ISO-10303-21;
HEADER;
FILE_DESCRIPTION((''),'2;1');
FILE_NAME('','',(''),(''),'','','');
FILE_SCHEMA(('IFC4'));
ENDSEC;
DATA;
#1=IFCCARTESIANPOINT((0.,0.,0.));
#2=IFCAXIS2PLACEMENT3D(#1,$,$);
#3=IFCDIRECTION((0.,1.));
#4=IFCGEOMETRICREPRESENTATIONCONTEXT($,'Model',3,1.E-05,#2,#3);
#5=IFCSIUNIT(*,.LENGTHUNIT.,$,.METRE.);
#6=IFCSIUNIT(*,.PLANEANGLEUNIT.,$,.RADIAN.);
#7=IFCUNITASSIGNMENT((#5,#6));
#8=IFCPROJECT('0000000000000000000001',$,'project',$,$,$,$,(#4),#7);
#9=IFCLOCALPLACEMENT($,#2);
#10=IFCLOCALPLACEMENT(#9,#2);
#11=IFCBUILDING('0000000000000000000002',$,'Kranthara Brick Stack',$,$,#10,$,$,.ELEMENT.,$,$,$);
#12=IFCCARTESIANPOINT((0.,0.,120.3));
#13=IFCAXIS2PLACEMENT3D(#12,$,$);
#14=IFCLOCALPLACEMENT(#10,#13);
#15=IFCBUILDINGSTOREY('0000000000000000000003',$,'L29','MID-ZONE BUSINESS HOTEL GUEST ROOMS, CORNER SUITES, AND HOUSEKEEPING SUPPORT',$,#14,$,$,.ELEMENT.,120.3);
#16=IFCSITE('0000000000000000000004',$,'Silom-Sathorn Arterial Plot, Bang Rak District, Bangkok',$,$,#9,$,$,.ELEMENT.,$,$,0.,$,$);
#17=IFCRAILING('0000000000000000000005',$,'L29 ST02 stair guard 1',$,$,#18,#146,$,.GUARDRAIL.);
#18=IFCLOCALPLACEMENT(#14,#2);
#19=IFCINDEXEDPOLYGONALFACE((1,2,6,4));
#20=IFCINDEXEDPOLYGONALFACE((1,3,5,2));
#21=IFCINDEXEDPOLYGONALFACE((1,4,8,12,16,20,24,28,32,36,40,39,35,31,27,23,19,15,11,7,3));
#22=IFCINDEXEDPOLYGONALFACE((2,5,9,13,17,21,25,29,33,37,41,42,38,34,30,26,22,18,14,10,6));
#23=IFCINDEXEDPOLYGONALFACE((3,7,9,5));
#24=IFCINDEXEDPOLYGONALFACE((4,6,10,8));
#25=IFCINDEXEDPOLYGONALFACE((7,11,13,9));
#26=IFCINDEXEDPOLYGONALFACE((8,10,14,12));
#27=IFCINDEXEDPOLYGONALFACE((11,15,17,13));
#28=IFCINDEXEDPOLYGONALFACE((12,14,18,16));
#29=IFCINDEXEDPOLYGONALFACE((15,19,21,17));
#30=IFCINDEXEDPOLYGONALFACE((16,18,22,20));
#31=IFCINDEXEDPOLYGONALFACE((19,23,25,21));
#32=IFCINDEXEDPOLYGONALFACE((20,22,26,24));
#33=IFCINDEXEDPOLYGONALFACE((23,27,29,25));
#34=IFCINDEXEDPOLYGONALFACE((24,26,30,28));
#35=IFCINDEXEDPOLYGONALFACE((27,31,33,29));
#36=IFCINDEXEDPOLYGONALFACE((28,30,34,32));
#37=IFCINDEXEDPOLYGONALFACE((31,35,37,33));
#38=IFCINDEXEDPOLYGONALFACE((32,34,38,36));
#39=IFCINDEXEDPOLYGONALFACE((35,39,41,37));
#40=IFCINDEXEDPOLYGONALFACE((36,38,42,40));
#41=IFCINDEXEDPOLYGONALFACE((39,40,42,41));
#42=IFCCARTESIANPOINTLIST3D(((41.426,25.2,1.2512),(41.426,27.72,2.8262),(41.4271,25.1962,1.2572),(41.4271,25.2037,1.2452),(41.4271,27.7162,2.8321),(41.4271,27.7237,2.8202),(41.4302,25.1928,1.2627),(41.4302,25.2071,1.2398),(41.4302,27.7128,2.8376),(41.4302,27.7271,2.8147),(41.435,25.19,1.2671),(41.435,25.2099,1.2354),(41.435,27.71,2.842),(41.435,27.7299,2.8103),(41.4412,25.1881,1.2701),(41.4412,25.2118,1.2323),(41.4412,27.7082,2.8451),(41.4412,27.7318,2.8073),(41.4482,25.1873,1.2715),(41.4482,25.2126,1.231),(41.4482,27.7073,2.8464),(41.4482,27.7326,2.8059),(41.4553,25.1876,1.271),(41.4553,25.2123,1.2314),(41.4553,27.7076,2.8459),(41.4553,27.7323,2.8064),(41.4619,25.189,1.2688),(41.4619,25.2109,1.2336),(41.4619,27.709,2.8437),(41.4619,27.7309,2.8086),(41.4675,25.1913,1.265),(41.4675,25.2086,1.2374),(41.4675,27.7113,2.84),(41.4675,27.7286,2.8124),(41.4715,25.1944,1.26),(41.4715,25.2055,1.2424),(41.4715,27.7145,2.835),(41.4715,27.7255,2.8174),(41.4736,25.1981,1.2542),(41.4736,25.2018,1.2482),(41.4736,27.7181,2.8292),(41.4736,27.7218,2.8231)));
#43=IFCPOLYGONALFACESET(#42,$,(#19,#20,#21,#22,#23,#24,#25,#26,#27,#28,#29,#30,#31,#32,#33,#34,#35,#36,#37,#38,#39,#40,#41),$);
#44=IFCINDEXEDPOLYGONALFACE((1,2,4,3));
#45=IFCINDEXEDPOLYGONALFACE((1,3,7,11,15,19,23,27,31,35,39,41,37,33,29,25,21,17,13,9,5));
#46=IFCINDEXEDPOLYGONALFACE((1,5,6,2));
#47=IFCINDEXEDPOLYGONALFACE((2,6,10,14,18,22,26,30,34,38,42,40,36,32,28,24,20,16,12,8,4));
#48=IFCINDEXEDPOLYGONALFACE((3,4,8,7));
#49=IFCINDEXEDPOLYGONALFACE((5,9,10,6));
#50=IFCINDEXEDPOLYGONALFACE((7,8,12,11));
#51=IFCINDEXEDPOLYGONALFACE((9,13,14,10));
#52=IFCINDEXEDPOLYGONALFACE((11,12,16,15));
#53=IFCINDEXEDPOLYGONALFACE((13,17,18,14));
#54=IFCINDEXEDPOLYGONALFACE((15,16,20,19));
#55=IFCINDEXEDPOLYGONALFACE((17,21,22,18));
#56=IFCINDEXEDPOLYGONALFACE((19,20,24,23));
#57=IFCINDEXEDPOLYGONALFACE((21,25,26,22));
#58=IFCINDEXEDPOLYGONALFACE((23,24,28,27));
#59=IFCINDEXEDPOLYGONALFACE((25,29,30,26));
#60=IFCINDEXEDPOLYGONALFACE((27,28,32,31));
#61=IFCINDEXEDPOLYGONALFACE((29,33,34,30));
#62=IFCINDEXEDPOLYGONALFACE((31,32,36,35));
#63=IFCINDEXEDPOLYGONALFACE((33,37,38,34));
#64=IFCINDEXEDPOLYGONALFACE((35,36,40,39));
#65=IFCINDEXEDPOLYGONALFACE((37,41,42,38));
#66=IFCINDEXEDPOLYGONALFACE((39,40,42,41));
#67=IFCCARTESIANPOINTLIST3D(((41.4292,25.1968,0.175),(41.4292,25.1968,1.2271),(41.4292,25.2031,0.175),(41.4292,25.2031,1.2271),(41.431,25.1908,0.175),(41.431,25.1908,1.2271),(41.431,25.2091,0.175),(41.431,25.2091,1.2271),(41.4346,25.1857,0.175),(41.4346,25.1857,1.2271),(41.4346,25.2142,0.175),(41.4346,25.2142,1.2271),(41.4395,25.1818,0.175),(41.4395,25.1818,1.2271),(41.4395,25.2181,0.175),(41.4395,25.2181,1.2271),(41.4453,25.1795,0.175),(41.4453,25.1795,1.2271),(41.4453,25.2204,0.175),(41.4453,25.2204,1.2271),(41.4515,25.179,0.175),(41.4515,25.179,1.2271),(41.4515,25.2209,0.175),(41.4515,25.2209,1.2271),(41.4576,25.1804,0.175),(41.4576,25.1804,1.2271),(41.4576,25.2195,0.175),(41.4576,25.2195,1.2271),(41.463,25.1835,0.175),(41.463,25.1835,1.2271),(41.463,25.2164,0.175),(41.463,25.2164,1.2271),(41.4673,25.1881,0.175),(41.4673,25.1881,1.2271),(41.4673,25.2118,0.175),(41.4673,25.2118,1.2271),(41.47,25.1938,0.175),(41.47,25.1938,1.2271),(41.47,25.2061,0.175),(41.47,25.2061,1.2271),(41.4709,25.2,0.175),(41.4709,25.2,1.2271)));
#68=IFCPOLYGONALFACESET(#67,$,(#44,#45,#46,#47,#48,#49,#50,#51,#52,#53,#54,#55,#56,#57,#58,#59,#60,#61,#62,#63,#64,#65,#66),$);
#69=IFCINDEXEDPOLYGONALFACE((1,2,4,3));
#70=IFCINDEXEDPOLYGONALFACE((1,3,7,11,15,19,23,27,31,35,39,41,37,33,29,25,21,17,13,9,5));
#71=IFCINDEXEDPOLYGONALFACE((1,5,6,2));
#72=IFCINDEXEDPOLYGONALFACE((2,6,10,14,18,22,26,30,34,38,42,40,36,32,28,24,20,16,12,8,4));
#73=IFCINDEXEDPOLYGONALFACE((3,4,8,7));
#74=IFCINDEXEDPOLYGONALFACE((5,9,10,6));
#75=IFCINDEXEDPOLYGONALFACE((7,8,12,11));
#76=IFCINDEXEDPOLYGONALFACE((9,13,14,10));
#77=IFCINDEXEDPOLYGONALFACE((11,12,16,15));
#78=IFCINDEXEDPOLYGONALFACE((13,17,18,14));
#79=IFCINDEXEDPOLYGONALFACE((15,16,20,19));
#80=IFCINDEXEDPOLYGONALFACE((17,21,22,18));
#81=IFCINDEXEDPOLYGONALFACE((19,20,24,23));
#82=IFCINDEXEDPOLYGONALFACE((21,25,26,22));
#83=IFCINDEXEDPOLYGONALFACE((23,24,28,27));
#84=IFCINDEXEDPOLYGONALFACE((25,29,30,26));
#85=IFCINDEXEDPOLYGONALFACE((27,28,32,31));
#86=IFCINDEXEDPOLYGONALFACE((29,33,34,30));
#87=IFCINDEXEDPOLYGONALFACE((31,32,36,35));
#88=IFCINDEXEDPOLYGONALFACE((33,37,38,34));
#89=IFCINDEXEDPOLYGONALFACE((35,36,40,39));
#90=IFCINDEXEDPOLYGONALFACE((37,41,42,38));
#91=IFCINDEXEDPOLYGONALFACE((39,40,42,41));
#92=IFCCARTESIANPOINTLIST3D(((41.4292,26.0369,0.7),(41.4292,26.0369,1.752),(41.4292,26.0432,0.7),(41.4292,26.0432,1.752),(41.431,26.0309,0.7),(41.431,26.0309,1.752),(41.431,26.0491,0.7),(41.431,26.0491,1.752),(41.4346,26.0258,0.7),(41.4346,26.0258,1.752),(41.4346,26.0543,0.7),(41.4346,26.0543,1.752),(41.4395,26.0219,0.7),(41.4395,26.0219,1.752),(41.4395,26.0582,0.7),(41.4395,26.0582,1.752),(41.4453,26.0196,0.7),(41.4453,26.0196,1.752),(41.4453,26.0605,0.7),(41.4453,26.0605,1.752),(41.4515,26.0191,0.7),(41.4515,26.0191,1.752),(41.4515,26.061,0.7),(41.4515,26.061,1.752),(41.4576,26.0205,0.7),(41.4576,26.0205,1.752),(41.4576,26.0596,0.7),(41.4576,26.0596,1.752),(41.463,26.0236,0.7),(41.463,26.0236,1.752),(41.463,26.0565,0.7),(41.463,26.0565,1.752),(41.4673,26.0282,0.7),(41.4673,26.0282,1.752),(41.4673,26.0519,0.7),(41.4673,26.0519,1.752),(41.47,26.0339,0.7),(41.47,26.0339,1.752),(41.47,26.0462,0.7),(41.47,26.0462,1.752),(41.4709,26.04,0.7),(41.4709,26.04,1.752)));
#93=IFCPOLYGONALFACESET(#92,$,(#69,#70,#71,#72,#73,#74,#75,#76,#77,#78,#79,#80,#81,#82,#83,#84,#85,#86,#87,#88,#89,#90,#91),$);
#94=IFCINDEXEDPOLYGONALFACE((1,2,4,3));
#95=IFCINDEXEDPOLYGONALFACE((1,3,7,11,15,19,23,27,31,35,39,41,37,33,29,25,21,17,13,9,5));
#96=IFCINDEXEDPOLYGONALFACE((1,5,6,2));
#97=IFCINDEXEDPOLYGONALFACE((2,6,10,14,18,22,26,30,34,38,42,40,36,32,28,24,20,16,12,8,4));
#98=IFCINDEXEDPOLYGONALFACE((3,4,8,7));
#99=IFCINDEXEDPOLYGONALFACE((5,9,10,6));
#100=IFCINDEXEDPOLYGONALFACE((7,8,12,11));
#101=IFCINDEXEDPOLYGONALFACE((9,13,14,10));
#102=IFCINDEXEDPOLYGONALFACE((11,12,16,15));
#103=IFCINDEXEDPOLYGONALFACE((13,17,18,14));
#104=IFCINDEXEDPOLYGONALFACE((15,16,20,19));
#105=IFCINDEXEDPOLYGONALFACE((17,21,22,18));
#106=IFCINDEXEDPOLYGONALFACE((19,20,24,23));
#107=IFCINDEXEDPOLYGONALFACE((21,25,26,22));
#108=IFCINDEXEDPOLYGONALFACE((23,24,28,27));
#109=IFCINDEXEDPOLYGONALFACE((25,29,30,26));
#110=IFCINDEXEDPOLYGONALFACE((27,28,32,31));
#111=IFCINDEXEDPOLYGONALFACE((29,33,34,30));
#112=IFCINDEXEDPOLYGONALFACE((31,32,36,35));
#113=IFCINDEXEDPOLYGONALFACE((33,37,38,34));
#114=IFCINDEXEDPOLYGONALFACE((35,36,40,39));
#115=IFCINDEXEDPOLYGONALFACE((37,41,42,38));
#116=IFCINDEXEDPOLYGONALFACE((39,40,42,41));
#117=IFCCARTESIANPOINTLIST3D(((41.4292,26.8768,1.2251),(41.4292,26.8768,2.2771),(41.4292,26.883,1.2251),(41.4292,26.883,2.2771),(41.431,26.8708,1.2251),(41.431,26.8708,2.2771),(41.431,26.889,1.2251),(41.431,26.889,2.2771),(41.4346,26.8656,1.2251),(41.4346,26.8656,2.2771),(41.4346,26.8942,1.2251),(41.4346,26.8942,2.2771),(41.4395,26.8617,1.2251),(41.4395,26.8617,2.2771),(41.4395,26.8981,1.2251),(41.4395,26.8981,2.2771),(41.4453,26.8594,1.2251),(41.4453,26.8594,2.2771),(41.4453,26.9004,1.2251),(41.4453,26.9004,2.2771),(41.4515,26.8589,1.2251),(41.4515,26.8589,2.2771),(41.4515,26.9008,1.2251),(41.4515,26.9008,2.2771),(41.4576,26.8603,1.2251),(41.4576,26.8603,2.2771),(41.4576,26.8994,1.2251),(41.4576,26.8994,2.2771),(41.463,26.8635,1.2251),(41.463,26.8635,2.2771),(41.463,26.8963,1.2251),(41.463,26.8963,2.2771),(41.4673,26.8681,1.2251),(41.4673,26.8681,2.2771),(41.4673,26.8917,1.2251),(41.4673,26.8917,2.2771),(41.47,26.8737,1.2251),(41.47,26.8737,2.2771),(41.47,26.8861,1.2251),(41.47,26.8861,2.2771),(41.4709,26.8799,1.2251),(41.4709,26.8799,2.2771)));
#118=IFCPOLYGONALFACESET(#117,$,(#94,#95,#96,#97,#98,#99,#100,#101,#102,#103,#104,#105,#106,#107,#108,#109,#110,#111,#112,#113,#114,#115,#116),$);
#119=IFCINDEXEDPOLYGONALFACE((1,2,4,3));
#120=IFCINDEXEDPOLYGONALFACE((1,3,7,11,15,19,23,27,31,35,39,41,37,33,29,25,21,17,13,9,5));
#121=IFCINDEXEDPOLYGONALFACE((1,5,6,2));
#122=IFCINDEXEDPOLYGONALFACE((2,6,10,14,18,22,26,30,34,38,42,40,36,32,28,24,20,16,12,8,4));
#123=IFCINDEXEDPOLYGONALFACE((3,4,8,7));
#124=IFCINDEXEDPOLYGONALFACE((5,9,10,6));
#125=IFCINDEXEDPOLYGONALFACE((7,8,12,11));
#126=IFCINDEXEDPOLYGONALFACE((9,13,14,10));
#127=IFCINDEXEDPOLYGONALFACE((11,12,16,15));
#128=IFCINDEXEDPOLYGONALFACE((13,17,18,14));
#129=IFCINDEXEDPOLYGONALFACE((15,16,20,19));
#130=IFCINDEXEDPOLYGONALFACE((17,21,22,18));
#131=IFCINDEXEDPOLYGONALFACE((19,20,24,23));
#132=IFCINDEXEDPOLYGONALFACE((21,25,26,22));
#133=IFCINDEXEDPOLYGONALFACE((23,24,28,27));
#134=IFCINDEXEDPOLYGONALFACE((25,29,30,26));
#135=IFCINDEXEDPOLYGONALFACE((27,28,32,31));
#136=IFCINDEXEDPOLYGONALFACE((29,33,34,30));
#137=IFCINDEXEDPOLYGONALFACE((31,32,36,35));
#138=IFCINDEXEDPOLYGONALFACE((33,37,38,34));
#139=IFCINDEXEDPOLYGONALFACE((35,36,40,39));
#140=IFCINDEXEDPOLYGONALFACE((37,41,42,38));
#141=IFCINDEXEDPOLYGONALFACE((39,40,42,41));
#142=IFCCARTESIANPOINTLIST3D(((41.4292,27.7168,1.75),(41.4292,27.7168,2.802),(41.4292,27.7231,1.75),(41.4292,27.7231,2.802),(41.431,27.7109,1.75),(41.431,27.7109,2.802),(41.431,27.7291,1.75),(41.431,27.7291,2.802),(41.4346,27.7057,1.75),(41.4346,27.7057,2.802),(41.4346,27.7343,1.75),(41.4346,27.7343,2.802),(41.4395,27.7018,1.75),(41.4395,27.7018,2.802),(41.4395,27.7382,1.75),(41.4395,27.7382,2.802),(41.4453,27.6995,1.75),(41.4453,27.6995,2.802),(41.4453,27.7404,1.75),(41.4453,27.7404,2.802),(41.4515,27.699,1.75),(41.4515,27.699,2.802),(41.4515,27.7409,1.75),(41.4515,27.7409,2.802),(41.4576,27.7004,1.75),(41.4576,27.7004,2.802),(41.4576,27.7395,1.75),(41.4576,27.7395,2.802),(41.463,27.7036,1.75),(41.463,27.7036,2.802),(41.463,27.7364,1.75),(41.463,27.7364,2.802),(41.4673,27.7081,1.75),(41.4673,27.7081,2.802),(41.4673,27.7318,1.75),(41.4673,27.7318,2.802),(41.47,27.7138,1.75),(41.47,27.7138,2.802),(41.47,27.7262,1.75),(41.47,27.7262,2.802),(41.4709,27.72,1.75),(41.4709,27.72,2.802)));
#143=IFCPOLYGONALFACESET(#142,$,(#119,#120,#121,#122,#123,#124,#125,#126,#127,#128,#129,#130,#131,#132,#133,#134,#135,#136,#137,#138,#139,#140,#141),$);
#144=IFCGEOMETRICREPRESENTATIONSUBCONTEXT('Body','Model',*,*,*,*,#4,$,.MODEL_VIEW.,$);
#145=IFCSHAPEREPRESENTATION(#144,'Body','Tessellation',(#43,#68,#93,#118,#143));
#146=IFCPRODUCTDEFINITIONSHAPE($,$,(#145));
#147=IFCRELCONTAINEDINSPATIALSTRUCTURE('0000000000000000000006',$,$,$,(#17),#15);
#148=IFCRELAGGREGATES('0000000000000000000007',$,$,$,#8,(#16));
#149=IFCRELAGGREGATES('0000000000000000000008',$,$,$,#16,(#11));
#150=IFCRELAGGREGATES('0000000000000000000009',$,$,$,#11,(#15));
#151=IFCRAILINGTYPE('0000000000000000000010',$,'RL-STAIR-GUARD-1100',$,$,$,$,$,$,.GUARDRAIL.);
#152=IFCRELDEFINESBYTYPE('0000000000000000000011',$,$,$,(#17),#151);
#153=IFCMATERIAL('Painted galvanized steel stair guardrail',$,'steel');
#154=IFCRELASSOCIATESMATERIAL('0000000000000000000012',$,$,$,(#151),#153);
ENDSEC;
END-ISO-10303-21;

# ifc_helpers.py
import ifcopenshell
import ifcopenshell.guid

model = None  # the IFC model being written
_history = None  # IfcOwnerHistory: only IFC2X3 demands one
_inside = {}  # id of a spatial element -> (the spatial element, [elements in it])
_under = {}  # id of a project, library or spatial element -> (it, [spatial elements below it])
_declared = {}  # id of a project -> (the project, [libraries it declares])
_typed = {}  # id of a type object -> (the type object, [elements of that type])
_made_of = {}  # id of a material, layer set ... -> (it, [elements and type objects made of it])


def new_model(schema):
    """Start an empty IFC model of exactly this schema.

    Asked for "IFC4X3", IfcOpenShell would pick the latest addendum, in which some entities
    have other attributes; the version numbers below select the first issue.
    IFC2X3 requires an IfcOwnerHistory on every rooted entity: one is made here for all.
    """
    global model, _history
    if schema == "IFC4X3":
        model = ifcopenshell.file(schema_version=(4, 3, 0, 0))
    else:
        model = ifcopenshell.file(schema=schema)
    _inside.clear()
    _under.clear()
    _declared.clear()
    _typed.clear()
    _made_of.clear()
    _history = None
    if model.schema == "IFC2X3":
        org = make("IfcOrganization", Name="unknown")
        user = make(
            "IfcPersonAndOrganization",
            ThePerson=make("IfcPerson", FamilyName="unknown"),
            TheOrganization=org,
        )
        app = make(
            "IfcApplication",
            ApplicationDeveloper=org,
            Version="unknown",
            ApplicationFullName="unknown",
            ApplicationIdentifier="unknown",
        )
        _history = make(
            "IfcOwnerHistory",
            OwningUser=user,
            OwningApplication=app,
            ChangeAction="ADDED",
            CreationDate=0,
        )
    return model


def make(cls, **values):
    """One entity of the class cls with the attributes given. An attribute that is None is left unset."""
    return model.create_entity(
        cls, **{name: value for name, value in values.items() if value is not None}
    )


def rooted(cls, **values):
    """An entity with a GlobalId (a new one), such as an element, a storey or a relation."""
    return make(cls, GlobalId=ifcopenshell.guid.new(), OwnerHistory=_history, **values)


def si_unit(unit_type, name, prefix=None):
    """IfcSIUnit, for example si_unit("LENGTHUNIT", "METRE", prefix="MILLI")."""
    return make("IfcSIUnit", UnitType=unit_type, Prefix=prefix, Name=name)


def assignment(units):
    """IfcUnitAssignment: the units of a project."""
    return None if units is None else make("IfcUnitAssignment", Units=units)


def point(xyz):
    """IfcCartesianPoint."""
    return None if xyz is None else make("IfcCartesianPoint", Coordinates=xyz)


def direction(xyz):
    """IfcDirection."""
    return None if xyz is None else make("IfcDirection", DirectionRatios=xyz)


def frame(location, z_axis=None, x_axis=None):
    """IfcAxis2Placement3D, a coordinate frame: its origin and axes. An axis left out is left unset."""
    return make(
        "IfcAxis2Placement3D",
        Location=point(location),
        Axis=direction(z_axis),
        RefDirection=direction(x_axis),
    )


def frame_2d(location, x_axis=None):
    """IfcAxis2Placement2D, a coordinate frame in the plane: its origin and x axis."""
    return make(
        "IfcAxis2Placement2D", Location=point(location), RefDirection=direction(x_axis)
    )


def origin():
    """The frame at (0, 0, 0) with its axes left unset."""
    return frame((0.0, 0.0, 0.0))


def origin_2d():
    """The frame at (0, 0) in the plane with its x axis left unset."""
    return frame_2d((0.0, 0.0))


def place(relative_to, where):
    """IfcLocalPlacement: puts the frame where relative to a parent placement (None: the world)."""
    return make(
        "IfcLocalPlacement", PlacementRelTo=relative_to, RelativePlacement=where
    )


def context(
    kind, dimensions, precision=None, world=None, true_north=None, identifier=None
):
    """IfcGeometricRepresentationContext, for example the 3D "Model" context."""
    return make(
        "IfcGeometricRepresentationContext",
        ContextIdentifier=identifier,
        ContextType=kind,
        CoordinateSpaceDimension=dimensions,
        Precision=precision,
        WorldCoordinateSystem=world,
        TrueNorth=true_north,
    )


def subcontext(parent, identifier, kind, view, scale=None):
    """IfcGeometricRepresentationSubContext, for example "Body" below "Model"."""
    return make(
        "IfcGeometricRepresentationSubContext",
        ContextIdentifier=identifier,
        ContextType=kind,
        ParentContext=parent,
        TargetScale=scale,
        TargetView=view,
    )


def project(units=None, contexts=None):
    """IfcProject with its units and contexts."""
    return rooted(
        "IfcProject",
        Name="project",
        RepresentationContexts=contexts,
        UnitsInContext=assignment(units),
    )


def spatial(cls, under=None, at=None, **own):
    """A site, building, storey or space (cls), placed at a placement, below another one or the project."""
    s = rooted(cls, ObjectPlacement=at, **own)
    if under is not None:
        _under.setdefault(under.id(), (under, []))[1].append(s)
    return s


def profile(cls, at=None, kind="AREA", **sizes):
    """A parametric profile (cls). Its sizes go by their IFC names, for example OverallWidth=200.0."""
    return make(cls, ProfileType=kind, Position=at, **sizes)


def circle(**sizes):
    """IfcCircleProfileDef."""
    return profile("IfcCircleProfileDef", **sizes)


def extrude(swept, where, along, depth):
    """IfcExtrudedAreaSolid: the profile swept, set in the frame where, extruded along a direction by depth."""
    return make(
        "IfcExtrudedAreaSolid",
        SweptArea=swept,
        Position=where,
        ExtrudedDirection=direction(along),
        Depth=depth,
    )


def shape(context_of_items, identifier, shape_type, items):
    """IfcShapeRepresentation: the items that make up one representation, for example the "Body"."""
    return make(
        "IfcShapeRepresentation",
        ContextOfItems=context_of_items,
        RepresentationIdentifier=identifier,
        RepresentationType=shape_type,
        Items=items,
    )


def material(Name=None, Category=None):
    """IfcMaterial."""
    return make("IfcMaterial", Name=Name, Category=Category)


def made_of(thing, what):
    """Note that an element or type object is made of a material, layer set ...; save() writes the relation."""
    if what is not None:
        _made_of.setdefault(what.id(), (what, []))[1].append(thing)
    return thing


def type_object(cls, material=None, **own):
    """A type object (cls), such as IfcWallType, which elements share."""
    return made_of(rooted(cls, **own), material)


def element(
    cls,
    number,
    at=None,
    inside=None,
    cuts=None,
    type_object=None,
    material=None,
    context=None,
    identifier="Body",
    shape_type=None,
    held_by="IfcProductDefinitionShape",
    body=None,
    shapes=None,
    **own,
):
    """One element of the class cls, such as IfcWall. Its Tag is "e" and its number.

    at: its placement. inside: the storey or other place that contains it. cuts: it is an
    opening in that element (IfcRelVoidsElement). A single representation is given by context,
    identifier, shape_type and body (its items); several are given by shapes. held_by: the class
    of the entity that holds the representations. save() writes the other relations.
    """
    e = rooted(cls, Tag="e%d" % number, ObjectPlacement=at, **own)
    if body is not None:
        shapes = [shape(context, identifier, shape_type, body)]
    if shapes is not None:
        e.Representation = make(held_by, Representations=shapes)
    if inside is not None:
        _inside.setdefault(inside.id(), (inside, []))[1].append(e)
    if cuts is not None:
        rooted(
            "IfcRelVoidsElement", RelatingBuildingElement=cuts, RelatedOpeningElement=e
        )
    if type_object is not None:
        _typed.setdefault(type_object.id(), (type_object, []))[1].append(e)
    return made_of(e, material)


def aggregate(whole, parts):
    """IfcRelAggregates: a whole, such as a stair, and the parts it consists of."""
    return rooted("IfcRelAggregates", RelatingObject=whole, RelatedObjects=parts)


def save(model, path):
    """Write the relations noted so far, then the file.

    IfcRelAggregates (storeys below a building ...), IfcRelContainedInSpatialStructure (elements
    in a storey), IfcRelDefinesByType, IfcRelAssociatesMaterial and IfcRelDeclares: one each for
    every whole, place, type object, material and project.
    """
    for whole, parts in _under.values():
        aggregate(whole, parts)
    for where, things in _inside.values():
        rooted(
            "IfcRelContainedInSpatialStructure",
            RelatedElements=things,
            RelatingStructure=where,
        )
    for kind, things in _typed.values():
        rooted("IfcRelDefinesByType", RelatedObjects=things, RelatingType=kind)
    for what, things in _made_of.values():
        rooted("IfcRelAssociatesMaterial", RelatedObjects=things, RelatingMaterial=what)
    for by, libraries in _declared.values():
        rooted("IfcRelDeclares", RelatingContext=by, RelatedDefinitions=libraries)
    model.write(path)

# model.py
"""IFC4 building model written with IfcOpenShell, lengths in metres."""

from ifc_helpers import new_model, si_unit, direction, frame, origin, origin_2d, place, context, subcontext, project, spatial, circle, extrude, material, type_object, element, save


model = new_model("IFC4")

# Units and contexts
model_context = context("Model", 3, precision=1e-05, world=origin(), true_north=direction((0.0, 1.0)))
body_context = subcontext(model_context, "Body", "Model", "MODEL_VIEW")
ifc_project = project(units=[si_unit("LENGTHUNIT", "METRE"), si_unit("PLANEANGLEUNIT", "RADIAN")], contexts=[model_context])

# Site, building, storey
site_placement = place(None, origin())
site = spatial("IfcSite", under=ifc_project, at=site_placement, Name="Silom-Sathorn Arterial Plot, Bang Rak District, Bangkok", CompositionType="ELEMENT", RefElevation=0.0)
building_placement = place(site_placement, origin())
building = spatial("IfcBuilding", under=site, at=building_placement, Name="Kranthara Brick Stack", CompositionType="ELEMENT")
storey_placement = place(building_placement, frame((0.0, 0.0, 120.3)))
storey = spatial("IfcBuildingStorey", under=building, at=storey_placement, Name="L29", Description="MID-ZONE BUSINESS HOTEL GUEST ROOMS, CORNER SUITES, AND HOUSEKEEPING SUPPORT", CompositionType="ELEMENT", Elevation=120.3)

# Railing
ifc_material_1 = material(Name="Painted galvanized steel stair guardrail", Category="steel")
railing_type_1 = type_object("IfcRailingType", Name="RL-STAIR-GUARD-1100", PredefinedType="GUARDRAIL", material=ifc_material_1)
railing_1_placement = place(storey_placement, frame((41.45, 25.2, 0.175)))
element("IfcRailing", 1, at=railing_1_placement, inside=storey, type_object=railing_type_1, Name="L29 ST02 stair guard 1", PredefinedType="GUARDRAIL", context=body_context, shape_type="SweptSolid", body=[
    extrude(circle(Radius=0.0239, at=origin_2d()), frame((0.0, 0.0, 1.0762), z_axis=(0.0, 0.848008, 0.529984), x_axis=(-1.0, 0.0, 0.0)), (0.0, 0.0, 1.0), 2.9717),
    extrude(circle(Radius=0.021, at=origin_2d()), origin(), (0.0, 0.0, 1.0), 1.052),
    extrude(circle(Radius=0.021, at=origin_2d()), frame((0.0, 0.8401, 0.5249)), (0.0, 0.0, 1.0), 1.052),
    extrude(circle(Radius=0.021, at=origin_2d()), frame((0.0, 1.6799, 1.05)), (0.0, 0.0, 1.0), 1.052),
    extrude(circle(Radius=0.021, at=origin_2d()), frame((0.0, 2.52, 1.575)), (0.0, 0.0, 1.0), 1.052),
])

save(model, "model.ifc")
